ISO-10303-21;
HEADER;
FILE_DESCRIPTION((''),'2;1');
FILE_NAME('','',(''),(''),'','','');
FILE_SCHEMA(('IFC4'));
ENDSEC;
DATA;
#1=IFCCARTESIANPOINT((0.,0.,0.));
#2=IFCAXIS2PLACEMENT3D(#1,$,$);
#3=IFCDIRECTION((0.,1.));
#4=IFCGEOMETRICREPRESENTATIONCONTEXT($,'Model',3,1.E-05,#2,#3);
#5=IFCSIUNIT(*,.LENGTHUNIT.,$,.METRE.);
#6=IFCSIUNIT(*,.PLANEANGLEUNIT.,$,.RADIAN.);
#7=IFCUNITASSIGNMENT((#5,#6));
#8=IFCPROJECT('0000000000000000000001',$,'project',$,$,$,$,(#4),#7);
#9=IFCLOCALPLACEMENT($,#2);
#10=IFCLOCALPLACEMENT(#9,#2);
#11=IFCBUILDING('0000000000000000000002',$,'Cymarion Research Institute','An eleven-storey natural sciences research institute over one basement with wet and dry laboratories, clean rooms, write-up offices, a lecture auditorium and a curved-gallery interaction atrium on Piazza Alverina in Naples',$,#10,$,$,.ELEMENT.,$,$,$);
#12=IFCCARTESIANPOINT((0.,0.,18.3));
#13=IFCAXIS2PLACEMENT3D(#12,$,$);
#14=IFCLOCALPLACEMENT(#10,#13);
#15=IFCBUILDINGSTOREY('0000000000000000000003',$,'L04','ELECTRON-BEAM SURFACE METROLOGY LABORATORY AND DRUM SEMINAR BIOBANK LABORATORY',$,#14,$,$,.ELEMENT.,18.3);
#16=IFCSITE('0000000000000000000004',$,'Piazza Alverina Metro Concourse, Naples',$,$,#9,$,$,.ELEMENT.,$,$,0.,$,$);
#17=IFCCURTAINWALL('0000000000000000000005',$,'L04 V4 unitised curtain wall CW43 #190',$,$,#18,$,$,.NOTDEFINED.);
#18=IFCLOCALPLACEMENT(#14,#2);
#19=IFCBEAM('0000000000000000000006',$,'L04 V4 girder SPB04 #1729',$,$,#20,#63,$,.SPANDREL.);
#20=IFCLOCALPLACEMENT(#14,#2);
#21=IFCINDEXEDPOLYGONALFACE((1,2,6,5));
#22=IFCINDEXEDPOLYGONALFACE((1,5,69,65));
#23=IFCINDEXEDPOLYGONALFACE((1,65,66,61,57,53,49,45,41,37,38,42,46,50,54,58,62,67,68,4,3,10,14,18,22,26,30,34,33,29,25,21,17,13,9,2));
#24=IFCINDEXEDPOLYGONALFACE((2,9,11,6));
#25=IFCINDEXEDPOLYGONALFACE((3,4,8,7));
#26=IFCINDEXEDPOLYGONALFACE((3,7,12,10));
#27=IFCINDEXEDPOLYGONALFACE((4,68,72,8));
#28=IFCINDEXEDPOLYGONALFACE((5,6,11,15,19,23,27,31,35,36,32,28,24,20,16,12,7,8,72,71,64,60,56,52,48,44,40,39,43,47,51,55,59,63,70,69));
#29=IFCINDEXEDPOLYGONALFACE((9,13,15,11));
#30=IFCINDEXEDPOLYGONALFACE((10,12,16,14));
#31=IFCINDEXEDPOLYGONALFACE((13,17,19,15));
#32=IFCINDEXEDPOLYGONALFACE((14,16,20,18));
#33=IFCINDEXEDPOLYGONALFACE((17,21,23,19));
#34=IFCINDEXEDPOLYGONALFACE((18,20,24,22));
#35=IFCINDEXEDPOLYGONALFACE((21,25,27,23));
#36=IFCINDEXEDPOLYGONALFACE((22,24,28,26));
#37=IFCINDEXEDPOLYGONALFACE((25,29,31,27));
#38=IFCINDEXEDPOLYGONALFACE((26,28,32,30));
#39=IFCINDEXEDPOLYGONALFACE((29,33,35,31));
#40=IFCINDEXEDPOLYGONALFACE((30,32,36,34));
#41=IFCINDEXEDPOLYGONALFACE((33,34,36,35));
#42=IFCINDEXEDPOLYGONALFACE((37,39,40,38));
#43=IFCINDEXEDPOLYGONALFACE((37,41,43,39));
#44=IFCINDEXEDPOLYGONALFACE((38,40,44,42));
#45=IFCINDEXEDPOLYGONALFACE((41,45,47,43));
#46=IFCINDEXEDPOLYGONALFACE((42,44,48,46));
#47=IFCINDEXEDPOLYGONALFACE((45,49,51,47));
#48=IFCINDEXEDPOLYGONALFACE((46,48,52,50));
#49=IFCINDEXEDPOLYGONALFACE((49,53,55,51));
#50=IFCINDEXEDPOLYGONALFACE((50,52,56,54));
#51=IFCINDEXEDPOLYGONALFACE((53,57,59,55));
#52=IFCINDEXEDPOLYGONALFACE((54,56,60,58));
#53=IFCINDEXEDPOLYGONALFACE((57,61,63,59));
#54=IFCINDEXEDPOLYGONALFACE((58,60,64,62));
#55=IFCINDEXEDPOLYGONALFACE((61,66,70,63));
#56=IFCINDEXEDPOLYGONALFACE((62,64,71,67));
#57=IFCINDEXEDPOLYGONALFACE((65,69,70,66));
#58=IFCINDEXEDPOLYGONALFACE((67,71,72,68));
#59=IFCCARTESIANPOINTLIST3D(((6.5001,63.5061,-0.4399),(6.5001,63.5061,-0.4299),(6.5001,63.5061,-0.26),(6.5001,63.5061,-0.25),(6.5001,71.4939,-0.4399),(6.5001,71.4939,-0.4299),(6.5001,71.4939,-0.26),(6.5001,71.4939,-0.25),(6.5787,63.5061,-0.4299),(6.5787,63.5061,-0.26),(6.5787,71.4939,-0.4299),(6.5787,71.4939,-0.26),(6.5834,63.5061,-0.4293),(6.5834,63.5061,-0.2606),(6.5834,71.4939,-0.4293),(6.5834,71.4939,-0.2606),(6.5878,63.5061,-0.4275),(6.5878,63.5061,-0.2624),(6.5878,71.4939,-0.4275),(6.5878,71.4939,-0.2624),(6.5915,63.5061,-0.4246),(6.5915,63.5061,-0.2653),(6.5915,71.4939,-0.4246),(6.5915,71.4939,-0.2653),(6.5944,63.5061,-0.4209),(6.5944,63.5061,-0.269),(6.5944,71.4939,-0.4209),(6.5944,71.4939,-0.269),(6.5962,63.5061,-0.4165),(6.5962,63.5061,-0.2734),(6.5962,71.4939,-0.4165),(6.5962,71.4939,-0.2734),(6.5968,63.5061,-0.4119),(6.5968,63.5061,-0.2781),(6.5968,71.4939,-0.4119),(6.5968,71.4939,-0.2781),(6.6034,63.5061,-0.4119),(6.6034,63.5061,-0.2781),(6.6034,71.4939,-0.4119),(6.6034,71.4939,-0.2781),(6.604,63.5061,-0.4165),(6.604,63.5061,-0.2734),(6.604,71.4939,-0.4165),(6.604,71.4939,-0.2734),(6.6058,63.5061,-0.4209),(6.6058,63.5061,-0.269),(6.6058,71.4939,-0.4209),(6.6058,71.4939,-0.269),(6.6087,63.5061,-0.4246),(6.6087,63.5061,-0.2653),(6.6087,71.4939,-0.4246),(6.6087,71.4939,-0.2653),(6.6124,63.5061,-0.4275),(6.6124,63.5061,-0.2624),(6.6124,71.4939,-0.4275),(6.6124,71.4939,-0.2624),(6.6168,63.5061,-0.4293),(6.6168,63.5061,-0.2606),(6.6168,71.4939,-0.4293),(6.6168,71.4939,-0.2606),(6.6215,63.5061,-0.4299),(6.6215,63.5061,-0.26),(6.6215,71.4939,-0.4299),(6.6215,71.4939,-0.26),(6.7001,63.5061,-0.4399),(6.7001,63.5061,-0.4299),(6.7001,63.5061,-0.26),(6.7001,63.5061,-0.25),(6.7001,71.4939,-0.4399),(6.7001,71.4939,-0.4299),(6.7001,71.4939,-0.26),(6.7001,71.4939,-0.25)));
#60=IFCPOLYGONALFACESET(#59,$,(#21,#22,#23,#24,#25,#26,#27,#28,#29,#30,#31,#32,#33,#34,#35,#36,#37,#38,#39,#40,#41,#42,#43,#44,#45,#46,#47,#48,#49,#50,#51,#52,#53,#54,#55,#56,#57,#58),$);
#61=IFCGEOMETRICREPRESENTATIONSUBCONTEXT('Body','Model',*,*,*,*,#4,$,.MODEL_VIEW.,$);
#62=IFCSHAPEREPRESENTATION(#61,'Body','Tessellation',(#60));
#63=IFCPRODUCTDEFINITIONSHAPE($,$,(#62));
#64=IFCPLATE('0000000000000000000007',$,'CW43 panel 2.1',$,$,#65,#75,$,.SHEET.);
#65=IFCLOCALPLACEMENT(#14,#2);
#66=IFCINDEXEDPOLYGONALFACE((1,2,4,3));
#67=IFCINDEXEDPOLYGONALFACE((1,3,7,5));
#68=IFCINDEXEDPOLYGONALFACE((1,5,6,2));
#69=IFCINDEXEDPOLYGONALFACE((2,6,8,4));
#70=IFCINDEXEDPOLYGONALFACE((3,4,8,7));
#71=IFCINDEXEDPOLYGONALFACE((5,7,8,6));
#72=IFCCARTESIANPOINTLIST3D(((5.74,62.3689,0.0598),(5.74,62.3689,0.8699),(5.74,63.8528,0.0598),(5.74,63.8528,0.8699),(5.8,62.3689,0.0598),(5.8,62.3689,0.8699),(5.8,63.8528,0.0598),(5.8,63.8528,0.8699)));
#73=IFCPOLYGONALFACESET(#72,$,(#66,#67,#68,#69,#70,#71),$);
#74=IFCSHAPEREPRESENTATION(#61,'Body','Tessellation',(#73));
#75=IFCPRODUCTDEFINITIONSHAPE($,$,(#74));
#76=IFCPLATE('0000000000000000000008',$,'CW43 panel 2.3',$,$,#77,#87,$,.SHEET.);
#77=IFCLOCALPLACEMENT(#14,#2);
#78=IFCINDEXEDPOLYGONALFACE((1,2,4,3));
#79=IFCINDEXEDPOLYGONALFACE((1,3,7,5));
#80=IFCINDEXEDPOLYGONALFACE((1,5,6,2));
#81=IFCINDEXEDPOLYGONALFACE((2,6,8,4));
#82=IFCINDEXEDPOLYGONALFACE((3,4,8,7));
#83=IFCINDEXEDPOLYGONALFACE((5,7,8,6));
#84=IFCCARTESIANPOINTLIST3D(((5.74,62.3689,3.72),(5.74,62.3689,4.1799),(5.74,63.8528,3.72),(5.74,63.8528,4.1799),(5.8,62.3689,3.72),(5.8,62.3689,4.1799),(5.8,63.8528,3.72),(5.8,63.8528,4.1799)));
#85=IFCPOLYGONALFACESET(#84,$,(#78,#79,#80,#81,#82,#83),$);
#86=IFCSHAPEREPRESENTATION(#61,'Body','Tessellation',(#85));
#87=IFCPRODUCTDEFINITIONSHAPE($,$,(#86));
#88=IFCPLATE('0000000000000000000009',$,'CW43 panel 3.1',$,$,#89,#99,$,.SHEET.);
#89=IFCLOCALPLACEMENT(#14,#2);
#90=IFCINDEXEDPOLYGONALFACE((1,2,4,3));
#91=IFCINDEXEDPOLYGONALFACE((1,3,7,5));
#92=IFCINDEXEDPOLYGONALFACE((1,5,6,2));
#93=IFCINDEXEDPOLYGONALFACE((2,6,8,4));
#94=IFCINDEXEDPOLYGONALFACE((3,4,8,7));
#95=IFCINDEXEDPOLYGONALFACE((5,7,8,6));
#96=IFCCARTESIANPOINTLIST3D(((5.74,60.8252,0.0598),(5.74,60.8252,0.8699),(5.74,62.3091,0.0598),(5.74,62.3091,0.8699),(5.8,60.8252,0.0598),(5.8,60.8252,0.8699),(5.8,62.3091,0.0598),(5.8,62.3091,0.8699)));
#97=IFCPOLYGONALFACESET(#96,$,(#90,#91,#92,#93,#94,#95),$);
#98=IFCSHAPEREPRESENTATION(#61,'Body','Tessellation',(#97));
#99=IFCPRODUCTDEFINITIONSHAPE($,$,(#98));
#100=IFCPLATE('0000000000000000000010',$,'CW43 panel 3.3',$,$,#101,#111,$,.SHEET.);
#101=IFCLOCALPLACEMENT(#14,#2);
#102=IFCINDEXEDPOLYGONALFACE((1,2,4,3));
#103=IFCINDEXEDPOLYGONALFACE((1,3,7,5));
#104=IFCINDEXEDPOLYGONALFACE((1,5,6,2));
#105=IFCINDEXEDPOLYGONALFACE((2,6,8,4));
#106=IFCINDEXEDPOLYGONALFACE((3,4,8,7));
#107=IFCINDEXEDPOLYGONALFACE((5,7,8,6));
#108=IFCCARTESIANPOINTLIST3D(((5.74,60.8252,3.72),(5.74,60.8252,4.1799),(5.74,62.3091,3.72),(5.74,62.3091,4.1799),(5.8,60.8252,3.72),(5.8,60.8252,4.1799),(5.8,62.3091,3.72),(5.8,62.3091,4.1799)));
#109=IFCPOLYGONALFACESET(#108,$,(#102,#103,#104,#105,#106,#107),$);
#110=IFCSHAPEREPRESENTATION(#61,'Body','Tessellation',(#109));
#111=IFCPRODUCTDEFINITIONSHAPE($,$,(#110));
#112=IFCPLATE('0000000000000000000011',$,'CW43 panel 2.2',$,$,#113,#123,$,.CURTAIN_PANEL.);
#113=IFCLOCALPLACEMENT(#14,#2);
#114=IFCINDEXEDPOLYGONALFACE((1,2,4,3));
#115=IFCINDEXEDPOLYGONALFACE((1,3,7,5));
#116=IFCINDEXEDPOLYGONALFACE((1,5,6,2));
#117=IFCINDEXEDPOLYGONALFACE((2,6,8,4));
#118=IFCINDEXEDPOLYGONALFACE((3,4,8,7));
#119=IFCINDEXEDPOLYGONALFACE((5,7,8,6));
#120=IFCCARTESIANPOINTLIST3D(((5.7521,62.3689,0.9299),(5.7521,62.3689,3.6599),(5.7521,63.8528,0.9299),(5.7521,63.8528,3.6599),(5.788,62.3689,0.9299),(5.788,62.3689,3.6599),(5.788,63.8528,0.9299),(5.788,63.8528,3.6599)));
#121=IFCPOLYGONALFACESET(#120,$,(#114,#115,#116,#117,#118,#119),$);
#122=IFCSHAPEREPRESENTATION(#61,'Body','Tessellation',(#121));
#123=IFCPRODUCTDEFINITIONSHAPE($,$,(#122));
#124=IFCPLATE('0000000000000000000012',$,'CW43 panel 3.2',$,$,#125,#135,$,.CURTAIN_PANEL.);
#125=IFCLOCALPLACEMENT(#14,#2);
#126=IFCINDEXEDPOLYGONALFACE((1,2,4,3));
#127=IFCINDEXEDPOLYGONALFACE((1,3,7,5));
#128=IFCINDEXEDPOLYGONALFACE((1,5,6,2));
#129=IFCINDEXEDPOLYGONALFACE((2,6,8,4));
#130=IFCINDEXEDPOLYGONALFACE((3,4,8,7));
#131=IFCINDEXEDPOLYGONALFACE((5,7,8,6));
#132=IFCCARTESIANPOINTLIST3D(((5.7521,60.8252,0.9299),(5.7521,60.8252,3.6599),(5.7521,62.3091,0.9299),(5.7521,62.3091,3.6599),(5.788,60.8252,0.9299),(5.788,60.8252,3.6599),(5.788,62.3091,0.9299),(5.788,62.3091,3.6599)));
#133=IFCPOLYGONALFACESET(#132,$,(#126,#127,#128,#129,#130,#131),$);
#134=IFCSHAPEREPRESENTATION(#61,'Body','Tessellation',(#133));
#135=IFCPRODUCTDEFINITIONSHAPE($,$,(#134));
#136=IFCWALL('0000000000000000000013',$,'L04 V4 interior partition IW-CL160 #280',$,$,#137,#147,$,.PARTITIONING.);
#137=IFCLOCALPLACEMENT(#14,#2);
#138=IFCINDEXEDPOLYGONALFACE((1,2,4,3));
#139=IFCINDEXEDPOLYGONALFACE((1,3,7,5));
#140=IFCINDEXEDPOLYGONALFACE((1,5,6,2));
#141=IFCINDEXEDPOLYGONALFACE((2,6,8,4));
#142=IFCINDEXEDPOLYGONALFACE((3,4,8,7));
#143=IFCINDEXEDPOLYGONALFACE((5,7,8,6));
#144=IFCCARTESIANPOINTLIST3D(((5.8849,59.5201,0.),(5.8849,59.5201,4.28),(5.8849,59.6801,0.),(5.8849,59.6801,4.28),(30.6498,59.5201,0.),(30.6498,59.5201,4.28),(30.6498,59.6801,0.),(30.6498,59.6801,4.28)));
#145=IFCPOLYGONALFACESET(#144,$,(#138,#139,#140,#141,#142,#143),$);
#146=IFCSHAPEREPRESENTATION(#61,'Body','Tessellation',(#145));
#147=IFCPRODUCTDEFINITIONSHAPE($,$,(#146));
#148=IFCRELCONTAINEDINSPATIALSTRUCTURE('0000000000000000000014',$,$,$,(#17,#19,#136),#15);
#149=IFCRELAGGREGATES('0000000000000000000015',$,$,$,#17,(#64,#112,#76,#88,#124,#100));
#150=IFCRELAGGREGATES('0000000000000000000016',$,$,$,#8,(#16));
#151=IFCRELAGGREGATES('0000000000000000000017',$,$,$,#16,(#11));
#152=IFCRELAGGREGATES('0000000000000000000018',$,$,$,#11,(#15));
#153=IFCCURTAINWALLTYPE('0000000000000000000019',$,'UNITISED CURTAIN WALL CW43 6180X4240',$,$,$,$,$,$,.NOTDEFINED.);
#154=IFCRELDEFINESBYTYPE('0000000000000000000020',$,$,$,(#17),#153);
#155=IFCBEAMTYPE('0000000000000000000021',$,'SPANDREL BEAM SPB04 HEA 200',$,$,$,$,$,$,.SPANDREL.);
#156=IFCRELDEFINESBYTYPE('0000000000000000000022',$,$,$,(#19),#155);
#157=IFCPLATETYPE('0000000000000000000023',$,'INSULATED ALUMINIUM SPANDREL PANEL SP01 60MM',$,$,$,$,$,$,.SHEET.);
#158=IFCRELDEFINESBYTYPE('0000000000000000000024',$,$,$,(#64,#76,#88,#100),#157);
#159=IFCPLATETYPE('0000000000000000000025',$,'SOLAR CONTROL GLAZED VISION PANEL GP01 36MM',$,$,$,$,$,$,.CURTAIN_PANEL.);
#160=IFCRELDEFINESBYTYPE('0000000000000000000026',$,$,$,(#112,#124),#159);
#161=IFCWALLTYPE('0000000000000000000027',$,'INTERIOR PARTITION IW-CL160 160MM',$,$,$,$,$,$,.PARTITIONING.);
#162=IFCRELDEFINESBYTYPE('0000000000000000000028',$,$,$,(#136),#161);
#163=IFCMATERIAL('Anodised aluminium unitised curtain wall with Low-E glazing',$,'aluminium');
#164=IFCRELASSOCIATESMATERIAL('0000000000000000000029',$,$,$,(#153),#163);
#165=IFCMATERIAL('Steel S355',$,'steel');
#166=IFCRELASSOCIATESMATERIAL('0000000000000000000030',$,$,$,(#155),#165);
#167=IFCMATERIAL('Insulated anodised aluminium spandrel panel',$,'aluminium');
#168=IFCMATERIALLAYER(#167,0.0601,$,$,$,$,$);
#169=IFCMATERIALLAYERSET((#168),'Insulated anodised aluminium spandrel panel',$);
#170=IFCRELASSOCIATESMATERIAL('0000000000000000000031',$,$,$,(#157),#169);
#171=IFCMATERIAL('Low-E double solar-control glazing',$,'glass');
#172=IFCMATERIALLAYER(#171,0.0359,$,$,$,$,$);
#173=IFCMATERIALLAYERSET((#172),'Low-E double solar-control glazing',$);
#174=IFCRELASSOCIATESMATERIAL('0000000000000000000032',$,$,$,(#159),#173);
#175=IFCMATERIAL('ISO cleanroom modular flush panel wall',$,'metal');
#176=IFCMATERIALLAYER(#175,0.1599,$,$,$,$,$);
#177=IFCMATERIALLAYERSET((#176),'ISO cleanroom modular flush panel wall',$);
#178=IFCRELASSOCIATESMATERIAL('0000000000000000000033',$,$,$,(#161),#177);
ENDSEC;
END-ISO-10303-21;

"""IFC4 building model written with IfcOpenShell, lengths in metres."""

from ifc_helpers import new_model, si_unit, direction, frame, frame_2d, origin, origin_2d, place, context, subcontext, project, spatial, rectangle, i_section, extrude, material, layer, layer_set, material_profile, profile_set, type_object, element, aggregate, save


model = new_model("IFC4")

# Units and contexts
model_context = context("Model", 3, precision=1e-05, world=origin(), true_north=direction((0.0, 1.0)))
body_context = subcontext(model_context, "Body", "Model", "MODEL_VIEW")
ifc_project = project(units=[si_unit("LENGTHUNIT", "METRE"), si_unit("PLANEANGLEUNIT", "RADIAN")], contexts=[model_context])

# Site, building, storey
site_placement = place(None, origin())
site = spatial("IfcSite", under=ifc_project, at=site_placement, Name="Piazza Alverina Metro Concourse, Naples", CompositionType="ELEMENT", RefElevation=0.0)
building_placement = place(site_placement, origin())
building = spatial("IfcBuilding", under=site, at=building_placement, Name="Cymarion Research Institute", Description="An eleven-storey natural sciences research institute over one basement with wet and dry laboratories, clean rooms, write-up offices, a lecture auditorium and a curved-gallery interaction atrium on Piazza Alverina in Naples", CompositionType="ELEMENT")
storey_placement = place(building_placement, frame((0.0, 0.0, 18.3)))
storey = spatial("IfcBuildingStorey", under=building, at=storey_placement, Name="L04", Description="ELECTRON-BEAM SURFACE METROLOGY LABORATORY AND DRUM SEMINAR BIOBANK LABORATORY", CompositionType="ELEMENT", Elevation=18.3)

# Shared definitions
ifc_material_1 = material(Name="Steel S355", Category="steel")

# Curtain wall
ifc_material_2 = material(Name="Anodised aluminium unitised curtain wall with Low-E glazing", Category="aluminium")
curtain_wall_type = type_object("IfcCurtainWallType", Name="UNITISED CURTAIN WALL CW43 6180X4240", PredefinedType="NOTDEFINED", material=ifc_material_2)
curtain_wall_placement = place(storey_placement, origin())
curtain_wall = element("IfcCurtainWall", 1, at=curtain_wall_placement, inside=storey, type_object=curtain_wall_type, Name="L04 V4 unitised curtain wall CW43 #190", PredefinedType="NOTDEFINED")

# Beam
ifc_material_profile_1 = material_profile(ifc_material_1, i_section(OverallWidth=0.2, OverallDepth=0.1899, WebThickness=0.0066, FlangeThickness=0.01, FilletRadius=0.0181, at=origin_2d()), Name="HEA 200")
ifc_profile_set_1 = profile_set([ifc_material_profile_1], Name="Steel S355")
beam_type_1 = type_object("IfcBeamType", Name="SPANDREL BEAM SPB04 HEA 200", PredefinedType="SPANDREL", material=ifc_profile_set_1)
for number, where, z_axis, x_axis, name in (
    (2, (6.6001, 63.5061, -0.345), (0.0, 1.0, 0.0), (-1.0, 0.0, 0.0), "L04 V4 girder SPB04 #1729"),
):
    element("IfcBeam", number, at=place(storey_placement, frame(where, z_axis=z_axis, x_axis=x_axis)), inside=storey, type_object=beam_type_1, Name=name, PredefinedType="SPANDREL", context=body_context, shape_type="SweptSolid", body=[
        extrude(i_section(OverallWidth=0.2, OverallDepth=0.1899, WebThickness=0.0066, FlangeThickness=0.01, FilletRadius=0.0181, at=origin_2d()), origin(), (0.0, 0.0, 1.0), 7.9878),
    ])

# Plates
ifc_material_3 = material(Name="Insulated anodised aluminium spandrel panel", Category="aluminium")
ifc_layer_1 = layer(ifc_material_3, 0.0601)
ifc_layer_set_1 = layer_set([ifc_layer_1], Name="Insulated anodised aluminium spandrel panel")
plate_type_1 = type_object("IfcPlateType", Name="INSULATED ALUMINIUM SPANDREL PANEL SP01 60MM", PredefinedType="SHEET", material=ifc_layer_set_1)
plate_1_placement = place(storey_placement, frame((5.77, 63.1108, 0.0598), z_axis=(0.0, 0.0, 1.0), x_axis=(0.0, -1.0, 0.0)))
plate_1 = element("IfcPlate", 3, at=plate_1_placement, type_object=plate_type_1, Name="CW43 panel 2.1", PredefinedType="SHEET", context=body_context, shape_type="SweptSolid", body=[
    extrude(rectangle(XDim=1.4839, YDim=0.0601, at=origin_2d()), origin(), (0.0, 0.0, 1.0), 0.8101),
])
plate_2_placement = place(storey_placement, frame((5.77, 63.1108, 3.72), z_axis=(0.0, 0.0, 1.0), x_axis=(0.0, -1.0, 0.0)))
plate_2 = element("IfcPlate", 4, at=plate_2_placement, type_object=plate_type_1, Name="CW43 panel 2.3", PredefinedType="SHEET", context=body_context, shape_type="SweptSolid", body=[
    extrude(rectangle(XDim=1.4839, YDim=0.0601, at=origin_2d()), origin(), (0.0, 0.0, 1.0), 0.46),
])
plate_3_placement = place(storey_placement, frame((5.77, 61.5671, 0.0598), z_axis=(0.0, 0.0, 1.0), x_axis=(0.0, -1.0, 0.0)))
plate_3 = element("IfcPlate", 5, at=plate_3_placement, type_object=plate_type_1, Name="CW43 panel 3.1", PredefinedType="SHEET", context=body_context, shape_type="SweptSolid", body=[
    extrude(rectangle(XDim=1.4839, YDim=0.0601, at=origin_2d()), origin(), (0.0, 0.0, 1.0), 0.8101),
])
plate_4_placement = place(storey_placement, frame((5.77, 61.5671, 3.72), z_axis=(0.0, 0.0, 1.0), x_axis=(0.0, -1.0, 0.0)))
plate_4 = element("IfcPlate", 6, at=plate_4_placement, type_object=plate_type_1, Name="CW43 panel 3.3", PredefinedType="SHEET", context=body_context, shape_type="SweptSolid", body=[
    extrude(rectangle(XDim=1.4839, YDim=0.0601, at=origin_2d()), origin(), (0.0, 0.0, 1.0), 0.46),
])
ifc_material_4 = material(Name="Low-E double solar-control glazing", Category="glass")
ifc_layer_2 = layer(ifc_material_4, 0.0359)
ifc_layer_set_2 = layer_set([ifc_layer_2], Name="Low-E double solar-control glazing")
plate_type_2 = type_object("IfcPlateType", Name="SOLAR CONTROL GLAZED VISION PANEL GP01 36MM", PredefinedType="CURTAIN_PANEL", material=ifc_layer_set_2)
plate_5_placement = place(storey_placement, frame((5.77, 63.1108, 0.9299), z_axis=(0.0, 0.0, 1.0), x_axis=(0.0, -1.0, 0.0)))
plate_5 = element("IfcPlate", 7, at=plate_5_placement, type_object=plate_type_2, Name="CW43 panel 2.2", PredefinedType="CURTAIN_PANEL", context=body_context, shape_type="SweptSolid", body=[
    extrude(rectangle(XDim=1.4839, YDim=0.0359, at=origin_2d()), origin(), (0.0, 0.0, 1.0), 2.73),
])
plate_6_placement = place(storey_placement, frame((5.77, 61.5671, 0.9299), z_axis=(0.0, 0.0, 1.0), x_axis=(0.0, -1.0, 0.0)))
plate_6 = element("IfcPlate", 8, at=plate_6_placement, type_object=plate_type_2, Name="CW43 panel 3.2", PredefinedType="CURTAIN_PANEL", context=body_context, shape_type="SweptSolid", body=[
    extrude(rectangle(XDim=1.4839, YDim=0.0359, at=origin_2d()), origin(), (0.0, 0.0, 1.0), 2.73),
])
aggregate(curtain_wall, [plate_1, plate_5, plate_2, plate_3, plate_6, plate_4])

# Wall
ifc_material_5 = material(Name="ISO cleanroom modular flush panel wall", Category="metal")
ifc_layer_3 = layer(ifc_material_5, 0.1599)
ifc_layer_set_3 = layer_set([ifc_layer_3], Name="ISO cleanroom modular flush panel wall")
wall_type = type_object("IfcWallType", Name="INTERIOR PARTITION IW-CL160 160MM", PredefinedType="PARTITIONING", material=ifc_layer_set_3)
wall_placement = place(storey_placement, frame((5.885, 59.6001, 0.0), z_axis=(0.0, 0.0, 1.0), x_axis=(1.0, 0.0, 0.0)))
element("IfcWall", 9, at=wall_placement, inside=storey, type_object=wall_type, Name="L04 V4 interior partition IW-CL160 #280", PredefinedType="PARTITIONING", context=body_context, shape_type="SweptSolid", body=[
    extrude(rectangle(XDim=24.7649, YDim=0.1599, at=frame_2d((12.3823, 0.0))), origin(), (0.0, 0.0, 1.0), 4.28),
])

save(model, "model.ifc")
